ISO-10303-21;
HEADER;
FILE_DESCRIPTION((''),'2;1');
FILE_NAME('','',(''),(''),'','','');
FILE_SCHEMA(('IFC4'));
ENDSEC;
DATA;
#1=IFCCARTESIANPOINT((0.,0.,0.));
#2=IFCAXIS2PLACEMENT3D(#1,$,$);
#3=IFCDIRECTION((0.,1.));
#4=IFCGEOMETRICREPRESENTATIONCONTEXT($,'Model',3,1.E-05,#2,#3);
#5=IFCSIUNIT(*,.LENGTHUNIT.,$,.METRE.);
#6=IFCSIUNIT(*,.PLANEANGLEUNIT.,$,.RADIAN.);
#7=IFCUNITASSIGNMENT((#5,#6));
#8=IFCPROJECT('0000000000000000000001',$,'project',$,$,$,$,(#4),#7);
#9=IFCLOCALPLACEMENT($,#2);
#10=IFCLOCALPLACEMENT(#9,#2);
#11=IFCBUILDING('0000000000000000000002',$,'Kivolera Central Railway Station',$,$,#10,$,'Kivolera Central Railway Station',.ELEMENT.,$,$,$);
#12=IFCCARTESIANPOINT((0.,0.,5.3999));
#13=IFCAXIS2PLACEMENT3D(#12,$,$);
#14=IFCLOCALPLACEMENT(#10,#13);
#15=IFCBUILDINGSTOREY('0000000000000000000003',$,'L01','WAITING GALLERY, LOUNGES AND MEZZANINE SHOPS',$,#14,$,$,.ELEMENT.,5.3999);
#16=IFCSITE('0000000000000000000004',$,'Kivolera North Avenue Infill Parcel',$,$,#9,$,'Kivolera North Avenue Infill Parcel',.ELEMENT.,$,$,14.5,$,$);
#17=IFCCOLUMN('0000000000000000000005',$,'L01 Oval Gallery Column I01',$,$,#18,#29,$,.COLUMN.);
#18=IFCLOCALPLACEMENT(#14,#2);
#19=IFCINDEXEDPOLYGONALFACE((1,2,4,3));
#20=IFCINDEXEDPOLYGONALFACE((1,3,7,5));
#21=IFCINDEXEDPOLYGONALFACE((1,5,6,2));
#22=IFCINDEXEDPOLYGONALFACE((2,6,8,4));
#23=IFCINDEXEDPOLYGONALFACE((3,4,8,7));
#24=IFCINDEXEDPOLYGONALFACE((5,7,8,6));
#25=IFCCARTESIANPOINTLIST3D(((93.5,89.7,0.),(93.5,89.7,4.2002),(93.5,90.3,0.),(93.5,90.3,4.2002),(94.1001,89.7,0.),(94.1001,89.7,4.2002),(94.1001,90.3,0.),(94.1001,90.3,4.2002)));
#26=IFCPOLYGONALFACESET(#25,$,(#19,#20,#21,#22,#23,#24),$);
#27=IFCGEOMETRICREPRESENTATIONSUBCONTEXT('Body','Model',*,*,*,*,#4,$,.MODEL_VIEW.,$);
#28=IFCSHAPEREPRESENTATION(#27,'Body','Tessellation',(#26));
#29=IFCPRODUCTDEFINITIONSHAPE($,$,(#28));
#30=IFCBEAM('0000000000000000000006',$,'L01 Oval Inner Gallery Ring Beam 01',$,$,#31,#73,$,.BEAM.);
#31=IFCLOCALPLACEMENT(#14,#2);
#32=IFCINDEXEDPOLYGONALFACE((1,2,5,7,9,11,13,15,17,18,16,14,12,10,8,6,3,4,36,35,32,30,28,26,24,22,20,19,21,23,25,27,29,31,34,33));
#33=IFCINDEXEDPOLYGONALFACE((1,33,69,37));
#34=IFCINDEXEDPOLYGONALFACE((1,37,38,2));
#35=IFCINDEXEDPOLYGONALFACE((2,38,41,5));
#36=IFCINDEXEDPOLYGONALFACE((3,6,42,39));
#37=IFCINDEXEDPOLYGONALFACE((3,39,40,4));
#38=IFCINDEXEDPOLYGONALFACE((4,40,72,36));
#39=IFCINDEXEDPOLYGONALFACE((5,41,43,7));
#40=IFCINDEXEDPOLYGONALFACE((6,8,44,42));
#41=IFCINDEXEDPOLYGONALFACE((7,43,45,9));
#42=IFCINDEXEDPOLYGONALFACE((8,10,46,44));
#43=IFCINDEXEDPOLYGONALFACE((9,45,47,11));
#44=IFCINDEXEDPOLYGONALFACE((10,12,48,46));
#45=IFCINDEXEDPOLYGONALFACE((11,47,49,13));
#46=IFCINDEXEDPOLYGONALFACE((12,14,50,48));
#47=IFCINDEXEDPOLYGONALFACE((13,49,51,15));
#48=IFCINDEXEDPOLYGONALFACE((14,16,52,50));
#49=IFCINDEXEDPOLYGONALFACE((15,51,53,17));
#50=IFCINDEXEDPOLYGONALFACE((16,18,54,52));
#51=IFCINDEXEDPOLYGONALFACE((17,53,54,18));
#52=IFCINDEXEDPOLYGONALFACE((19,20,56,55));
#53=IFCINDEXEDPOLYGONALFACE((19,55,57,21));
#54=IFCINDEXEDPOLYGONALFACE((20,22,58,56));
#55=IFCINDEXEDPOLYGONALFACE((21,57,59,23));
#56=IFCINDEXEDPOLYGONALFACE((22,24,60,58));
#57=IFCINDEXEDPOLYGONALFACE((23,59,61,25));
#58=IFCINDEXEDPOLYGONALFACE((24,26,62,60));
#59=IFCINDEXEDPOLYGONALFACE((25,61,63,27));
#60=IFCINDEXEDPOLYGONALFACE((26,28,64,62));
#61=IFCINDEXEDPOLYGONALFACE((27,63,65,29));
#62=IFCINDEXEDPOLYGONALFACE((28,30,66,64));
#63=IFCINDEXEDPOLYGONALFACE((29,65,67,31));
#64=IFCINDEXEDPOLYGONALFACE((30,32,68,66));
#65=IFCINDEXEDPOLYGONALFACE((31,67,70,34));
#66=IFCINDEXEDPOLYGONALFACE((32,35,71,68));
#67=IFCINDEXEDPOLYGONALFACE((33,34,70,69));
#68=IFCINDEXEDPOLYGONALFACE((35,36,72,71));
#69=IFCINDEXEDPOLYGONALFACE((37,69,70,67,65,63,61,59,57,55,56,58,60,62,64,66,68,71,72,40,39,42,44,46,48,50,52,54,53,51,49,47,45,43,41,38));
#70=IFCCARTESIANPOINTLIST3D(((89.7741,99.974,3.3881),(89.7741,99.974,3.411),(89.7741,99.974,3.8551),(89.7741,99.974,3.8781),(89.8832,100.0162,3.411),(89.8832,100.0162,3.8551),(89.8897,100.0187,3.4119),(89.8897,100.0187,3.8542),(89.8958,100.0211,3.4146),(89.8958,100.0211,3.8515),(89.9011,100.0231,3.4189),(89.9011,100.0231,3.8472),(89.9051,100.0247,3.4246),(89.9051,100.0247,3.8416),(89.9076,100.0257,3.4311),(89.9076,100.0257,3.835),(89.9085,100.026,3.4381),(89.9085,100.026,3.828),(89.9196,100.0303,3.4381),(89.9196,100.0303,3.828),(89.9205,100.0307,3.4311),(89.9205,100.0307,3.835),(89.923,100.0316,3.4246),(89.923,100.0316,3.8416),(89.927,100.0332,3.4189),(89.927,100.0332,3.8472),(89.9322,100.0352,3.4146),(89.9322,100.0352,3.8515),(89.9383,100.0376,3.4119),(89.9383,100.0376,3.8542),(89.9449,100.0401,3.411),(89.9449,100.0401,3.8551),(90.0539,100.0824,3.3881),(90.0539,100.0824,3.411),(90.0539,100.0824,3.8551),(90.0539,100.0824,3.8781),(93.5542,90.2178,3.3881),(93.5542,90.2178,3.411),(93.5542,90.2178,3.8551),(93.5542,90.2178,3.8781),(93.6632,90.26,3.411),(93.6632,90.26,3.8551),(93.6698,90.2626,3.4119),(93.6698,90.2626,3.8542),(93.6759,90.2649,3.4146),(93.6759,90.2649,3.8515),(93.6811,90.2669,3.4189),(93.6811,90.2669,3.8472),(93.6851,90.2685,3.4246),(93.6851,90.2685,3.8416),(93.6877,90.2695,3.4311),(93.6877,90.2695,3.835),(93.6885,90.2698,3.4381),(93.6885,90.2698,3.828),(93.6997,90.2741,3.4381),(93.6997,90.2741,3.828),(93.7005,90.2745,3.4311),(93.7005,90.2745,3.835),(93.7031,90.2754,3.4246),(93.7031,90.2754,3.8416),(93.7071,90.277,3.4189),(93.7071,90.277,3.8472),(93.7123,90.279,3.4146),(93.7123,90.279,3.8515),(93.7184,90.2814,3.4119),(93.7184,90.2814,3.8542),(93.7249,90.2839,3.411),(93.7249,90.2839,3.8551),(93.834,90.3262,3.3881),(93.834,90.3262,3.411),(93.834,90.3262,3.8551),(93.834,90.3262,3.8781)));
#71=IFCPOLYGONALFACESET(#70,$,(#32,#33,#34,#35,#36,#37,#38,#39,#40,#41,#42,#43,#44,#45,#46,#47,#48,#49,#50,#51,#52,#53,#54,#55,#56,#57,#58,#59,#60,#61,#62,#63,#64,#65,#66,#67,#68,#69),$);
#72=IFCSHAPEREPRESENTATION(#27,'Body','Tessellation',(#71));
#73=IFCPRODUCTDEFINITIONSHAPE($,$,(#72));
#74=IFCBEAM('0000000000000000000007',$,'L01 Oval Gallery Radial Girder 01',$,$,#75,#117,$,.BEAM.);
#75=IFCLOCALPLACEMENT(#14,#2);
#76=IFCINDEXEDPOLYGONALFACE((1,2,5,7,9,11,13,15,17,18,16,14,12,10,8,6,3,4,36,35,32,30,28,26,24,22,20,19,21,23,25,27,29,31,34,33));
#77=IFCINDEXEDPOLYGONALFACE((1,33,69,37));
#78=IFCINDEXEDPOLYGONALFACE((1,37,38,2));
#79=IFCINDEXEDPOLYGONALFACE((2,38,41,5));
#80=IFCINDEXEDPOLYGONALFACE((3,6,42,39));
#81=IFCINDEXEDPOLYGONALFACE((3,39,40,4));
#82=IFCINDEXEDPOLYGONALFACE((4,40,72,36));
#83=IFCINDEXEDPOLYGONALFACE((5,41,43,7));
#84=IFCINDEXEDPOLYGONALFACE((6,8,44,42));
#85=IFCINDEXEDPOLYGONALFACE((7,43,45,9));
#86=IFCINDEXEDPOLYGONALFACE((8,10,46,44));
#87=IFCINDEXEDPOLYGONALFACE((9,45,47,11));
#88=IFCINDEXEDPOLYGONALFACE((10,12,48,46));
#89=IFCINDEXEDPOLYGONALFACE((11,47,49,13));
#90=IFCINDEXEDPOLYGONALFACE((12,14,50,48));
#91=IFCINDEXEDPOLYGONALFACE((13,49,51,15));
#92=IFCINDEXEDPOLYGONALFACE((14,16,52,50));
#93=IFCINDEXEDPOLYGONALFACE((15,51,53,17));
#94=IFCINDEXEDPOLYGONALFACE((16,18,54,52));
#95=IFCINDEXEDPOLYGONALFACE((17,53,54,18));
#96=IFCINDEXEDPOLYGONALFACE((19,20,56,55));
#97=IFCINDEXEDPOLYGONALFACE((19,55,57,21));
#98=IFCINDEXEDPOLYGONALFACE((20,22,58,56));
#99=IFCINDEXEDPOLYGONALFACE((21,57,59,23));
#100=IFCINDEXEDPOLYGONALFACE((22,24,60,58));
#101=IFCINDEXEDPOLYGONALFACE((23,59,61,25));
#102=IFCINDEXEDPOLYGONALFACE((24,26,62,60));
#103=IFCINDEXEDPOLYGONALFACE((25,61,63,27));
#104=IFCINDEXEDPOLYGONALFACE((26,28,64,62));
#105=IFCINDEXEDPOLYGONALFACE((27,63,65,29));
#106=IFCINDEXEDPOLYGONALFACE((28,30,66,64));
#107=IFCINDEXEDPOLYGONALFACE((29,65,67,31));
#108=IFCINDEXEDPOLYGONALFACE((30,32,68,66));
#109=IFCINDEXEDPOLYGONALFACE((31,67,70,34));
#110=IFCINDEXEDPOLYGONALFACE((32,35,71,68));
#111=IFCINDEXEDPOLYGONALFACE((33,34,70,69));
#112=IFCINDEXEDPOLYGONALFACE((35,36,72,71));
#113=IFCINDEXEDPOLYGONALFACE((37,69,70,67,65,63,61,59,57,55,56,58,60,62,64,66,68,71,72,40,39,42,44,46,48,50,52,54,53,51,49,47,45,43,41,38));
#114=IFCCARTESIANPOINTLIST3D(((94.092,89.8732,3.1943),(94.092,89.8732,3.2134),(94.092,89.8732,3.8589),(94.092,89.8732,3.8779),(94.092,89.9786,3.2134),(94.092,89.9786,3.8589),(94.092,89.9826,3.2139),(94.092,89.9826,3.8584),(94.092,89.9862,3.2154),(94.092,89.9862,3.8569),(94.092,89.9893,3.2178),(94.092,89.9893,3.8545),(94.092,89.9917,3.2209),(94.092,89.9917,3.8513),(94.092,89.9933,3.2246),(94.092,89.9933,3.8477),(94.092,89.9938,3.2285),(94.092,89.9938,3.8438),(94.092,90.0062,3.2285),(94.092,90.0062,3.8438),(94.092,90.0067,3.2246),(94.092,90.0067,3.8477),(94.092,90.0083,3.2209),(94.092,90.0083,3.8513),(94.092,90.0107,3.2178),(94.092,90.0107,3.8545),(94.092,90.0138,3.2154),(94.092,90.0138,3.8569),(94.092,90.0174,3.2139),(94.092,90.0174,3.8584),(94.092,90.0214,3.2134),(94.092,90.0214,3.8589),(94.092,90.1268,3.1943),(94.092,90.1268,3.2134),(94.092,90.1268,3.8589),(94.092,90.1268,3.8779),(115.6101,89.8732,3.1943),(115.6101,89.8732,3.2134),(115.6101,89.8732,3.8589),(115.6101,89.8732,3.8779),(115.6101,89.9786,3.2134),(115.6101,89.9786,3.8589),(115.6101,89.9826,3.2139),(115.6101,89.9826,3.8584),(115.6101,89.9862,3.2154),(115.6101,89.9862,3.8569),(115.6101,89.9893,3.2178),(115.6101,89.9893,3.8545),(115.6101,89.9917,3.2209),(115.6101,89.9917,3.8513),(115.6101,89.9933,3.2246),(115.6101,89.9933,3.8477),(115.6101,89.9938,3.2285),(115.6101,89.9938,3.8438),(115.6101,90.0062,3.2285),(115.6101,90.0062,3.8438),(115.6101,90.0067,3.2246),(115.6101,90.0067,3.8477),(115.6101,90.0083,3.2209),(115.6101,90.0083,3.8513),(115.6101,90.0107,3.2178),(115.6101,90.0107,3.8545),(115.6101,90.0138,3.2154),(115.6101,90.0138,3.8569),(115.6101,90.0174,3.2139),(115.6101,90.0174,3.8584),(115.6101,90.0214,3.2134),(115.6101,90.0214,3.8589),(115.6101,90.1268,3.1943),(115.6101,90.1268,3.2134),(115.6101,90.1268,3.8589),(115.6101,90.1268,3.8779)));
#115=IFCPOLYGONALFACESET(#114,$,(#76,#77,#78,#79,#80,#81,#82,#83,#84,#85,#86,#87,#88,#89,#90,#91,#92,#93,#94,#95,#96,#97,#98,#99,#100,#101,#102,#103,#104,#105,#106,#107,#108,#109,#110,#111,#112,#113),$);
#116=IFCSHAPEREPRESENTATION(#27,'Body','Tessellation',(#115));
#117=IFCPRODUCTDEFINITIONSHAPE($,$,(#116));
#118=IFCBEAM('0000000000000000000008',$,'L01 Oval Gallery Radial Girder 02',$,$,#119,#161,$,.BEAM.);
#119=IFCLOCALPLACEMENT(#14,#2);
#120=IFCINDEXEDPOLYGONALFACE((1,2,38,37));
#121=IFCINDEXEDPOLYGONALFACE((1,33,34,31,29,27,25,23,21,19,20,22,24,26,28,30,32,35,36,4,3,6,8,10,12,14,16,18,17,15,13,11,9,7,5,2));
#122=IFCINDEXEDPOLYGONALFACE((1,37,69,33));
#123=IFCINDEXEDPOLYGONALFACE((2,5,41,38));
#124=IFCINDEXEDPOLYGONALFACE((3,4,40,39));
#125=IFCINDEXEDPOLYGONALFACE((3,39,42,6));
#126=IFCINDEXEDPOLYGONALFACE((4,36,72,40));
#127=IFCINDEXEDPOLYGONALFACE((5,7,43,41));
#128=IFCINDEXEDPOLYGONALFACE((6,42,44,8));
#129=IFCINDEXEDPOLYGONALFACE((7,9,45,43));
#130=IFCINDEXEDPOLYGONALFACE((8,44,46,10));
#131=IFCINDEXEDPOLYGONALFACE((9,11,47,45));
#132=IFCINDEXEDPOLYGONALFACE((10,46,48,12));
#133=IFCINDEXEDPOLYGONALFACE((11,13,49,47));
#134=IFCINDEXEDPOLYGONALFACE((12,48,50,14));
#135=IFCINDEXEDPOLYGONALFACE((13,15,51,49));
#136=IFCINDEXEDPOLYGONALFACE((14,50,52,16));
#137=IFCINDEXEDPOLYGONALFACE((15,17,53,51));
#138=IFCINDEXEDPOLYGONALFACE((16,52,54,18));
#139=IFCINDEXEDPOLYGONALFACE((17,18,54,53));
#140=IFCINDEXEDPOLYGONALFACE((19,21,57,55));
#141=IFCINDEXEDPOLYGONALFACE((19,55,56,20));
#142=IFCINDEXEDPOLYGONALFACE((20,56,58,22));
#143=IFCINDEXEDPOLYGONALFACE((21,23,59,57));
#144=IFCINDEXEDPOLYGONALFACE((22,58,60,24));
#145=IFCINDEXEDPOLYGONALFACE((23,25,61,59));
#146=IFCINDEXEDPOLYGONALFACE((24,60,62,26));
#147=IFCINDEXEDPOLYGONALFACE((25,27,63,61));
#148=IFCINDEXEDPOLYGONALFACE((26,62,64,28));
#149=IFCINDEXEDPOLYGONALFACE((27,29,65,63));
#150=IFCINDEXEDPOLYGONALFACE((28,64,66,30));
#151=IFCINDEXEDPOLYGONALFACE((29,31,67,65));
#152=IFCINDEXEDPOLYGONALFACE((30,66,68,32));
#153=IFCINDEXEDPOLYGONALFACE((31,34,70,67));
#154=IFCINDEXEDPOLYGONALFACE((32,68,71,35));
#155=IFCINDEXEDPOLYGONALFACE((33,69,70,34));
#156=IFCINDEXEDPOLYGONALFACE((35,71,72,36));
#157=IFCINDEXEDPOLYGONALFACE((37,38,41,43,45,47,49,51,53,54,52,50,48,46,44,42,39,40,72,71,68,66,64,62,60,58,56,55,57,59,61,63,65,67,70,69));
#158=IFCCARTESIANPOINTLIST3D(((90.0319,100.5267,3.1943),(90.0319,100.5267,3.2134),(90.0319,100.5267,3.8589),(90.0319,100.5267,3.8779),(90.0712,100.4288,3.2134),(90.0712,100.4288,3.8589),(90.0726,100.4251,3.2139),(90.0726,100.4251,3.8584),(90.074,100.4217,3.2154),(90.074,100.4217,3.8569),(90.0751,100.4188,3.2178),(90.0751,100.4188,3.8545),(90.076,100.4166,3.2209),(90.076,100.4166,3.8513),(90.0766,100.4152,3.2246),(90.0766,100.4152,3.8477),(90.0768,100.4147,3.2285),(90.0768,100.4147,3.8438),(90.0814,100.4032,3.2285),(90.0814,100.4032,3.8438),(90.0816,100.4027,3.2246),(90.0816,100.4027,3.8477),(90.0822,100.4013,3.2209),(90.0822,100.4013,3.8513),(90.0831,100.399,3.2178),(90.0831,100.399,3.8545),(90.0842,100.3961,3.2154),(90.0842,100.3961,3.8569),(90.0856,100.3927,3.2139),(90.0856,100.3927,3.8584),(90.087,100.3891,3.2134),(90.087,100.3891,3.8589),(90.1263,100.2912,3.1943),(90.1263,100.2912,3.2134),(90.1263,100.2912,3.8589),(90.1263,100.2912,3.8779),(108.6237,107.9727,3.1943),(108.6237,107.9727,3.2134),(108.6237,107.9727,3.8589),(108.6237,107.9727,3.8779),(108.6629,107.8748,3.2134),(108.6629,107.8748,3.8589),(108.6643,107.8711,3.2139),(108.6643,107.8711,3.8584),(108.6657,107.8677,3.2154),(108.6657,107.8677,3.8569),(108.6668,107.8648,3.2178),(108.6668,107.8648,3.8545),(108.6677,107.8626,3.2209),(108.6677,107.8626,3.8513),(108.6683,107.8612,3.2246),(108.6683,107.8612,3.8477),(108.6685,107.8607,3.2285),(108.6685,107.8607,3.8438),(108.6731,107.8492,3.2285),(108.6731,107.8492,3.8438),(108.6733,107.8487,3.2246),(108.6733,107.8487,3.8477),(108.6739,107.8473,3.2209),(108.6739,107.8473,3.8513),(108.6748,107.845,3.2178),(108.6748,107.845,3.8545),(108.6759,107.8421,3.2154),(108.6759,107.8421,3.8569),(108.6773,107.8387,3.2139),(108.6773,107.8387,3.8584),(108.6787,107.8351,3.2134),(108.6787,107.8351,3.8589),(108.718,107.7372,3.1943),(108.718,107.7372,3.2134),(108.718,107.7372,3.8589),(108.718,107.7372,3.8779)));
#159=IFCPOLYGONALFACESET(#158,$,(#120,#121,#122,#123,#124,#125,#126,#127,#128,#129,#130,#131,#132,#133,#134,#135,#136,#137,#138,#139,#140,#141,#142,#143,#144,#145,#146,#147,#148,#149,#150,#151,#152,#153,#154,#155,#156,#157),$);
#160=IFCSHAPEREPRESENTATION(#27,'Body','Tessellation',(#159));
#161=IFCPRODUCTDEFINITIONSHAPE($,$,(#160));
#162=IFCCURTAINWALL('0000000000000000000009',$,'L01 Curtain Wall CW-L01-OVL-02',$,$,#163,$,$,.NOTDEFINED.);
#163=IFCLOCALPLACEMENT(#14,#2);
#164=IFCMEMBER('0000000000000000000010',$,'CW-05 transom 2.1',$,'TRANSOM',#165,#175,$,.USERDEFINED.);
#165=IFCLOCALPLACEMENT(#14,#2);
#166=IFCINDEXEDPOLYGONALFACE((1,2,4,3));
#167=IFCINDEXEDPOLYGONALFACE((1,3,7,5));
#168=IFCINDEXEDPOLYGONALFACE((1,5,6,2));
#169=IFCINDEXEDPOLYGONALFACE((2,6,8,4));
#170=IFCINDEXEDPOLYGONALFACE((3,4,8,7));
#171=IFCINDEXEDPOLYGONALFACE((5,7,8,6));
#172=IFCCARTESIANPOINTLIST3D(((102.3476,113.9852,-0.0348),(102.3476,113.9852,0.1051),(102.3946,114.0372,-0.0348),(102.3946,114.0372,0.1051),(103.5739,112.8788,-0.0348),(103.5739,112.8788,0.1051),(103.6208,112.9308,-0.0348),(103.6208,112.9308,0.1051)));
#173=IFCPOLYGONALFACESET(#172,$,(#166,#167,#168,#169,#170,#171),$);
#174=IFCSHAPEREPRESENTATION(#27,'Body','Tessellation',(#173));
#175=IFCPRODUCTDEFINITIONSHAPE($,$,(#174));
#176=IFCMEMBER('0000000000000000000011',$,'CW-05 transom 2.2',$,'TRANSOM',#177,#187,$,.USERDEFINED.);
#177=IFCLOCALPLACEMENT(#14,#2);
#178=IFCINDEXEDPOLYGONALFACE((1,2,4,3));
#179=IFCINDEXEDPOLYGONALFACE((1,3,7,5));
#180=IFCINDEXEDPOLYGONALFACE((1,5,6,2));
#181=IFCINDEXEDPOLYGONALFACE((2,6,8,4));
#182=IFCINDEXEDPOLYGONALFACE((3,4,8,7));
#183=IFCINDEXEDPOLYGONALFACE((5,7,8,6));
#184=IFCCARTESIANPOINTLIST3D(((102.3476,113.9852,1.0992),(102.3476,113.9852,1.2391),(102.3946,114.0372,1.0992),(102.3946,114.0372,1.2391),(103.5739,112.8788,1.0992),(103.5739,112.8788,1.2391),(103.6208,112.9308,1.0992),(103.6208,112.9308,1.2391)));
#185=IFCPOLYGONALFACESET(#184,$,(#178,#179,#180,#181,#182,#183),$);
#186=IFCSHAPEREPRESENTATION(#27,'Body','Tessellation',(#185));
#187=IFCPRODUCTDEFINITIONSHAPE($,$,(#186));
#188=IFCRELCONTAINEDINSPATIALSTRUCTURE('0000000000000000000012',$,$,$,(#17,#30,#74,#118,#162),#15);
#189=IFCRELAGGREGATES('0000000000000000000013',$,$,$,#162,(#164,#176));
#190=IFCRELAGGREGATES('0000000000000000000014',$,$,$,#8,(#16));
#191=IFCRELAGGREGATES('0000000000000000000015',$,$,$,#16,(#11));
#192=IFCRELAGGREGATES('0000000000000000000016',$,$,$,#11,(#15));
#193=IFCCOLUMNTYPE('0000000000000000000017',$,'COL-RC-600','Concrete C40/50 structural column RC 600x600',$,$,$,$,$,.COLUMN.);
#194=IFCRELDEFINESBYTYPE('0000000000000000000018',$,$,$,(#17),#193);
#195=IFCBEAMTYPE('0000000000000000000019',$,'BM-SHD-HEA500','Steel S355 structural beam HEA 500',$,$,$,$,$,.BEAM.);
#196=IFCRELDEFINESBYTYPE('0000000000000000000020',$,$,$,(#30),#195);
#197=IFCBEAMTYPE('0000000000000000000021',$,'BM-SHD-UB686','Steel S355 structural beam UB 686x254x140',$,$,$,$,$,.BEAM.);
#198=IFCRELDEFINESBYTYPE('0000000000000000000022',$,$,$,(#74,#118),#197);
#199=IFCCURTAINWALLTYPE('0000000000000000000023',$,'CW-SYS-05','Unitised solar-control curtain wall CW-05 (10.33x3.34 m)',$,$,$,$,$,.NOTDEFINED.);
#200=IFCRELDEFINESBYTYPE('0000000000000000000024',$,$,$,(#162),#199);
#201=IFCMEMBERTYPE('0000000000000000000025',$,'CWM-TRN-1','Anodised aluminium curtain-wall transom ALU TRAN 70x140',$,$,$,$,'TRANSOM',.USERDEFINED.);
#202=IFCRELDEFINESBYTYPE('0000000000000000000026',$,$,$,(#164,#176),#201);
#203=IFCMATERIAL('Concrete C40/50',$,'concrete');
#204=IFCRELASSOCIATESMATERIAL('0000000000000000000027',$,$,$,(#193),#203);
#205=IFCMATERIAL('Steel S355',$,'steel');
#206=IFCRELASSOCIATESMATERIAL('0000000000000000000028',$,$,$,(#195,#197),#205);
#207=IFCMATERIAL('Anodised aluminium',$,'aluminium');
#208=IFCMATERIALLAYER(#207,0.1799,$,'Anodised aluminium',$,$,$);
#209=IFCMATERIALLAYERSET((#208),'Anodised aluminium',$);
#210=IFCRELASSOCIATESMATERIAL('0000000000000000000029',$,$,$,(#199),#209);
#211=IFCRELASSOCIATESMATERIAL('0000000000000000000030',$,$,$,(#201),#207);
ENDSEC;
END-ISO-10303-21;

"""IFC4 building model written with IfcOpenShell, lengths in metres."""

from ifc_helpers import new_model, si_unit, direction, frame, origin, origin_2d, place, context, subcontext, project, spatial, rectangle, i_section, extrude, material, layer, layer_set, material_profile, profile_set, type_object, element, aggregate, save


model = new_model("IFC4")

# Units and contexts
model_context = context("Model", 3, precision=1e-05, world=origin(), true_north=direction((0.0, 1.0)))
body_context = subcontext(model_context, "Body", "Model", "MODEL_VIEW")
ifc_project = project(units=[si_unit("LENGTHUNIT", "METRE"), si_unit("PLANEANGLEUNIT", "RADIAN")], contexts=[model_context])

# Site, building, storey
site_placement = place(None, origin())
site = spatial("IfcSite", under=ifc_project, at=site_placement, Name="Kivolera North Avenue Infill Parcel", LongName="Kivolera North Avenue Infill Parcel", CompositionType="ELEMENT", RefElevation=14.5)
building_placement = place(site_placement, origin())
building = spatial("IfcBuilding", under=site, at=building_placement, Name="Kivolera Central Railway Station", LongName="Kivolera Central Railway Station", CompositionType="ELEMENT")
storey_placement = place(building_placement, frame((0.0, 0.0, 5.3999)))
storey = spatial("IfcBuildingStorey", under=building, at=storey_placement, Name="L01", Description="WAITING GALLERY, LOUNGES AND MEZZANINE SHOPS", CompositionType="ELEMENT", Elevation=5.3999)

# Column
ifc_material_1 = material(Name="Concrete C40/50", Category="concrete")
ifc_material_profile_1 = material_profile(ifc_material_1, rectangle(XDim=0.6001, YDim=0.6001, at=origin_2d()), Name="RC 600x600")
ifc_profile_set_1 = profile_set([ifc_material_profile_1], Name="Concrete C40/50")
column_type = type_object("IfcColumnType", Name="COL-RC-600", Description="Concrete C40/50 structural column RC 600x600", PredefinedType="COLUMN", material=ifc_profile_set_1)
column_placement = place(storey_placement, frame((93.8, 90.0, 0.0), z_axis=(0.0, 0.0, 1.0), x_axis=(1.0, 0.0, 0.0)))
element("IfcColumn", 1, at=column_placement, inside=storey, type_object=column_type, Name="L01 Oval Gallery Column I01", PredefinedType="COLUMN", context=body_context, shape_type="SweptSolid", body=[
    extrude(rectangle(XDim=0.6001, YDim=0.6001, at=origin_2d()), origin(), (0.0, 0.0, 1.0), 4.2002),
])

# Beams
ifc_material_2 = material(Name="Steel S355", Category="steel")
ifc_material_profile_2 = material_profile(ifc_material_2, i_section(OverallWidth=0.3, OverallDepth=0.49, WebThickness=0.012, FlangeThickness=0.0229, FilletRadius=0.0271, at=origin_2d()), Name="HEA 500")
ifc_profile_set_2 = profile_set([ifc_material_profile_2], Name="Steel S355")
beam_type_1 = type_object("IfcBeamType", Name="BM-SHD-HEA500", Description="Steel S355 structural beam HEA 500", PredefinedType="BEAM", material=ifc_profile_set_2)
beam_1_placement = place(storey_placement, frame((93.6941, 90.272, 3.6331), z_axis=(-0.361283, 0.932456, 0.0), x_axis=(-0.932456, -0.361283, 0.0)))
element("IfcBeam", 2, at=beam_1_placement, inside=storey, type_object=beam_type_1, Name="L01 Oval Inner Gallery Ring Beam 01", PredefinedType="BEAM", context=body_context, shape_type="SweptSolid", body=[
    extrude(i_section(OverallWidth=0.3, OverallDepth=0.49, WebThickness=0.012, FlangeThickness=0.0229, FilletRadius=0.0271, at=origin_2d()), origin(), (0.0, 0.0, 1.0), 10.4629),
])
ifc_material_profile_3 = material_profile(ifc_material_2, i_section(OverallWidth=0.2537, OverallDepth=0.6836, WebThickness=0.0125, FlangeThickness=0.019, FilletRadius=0.0151, at=origin_2d()), Name="UB 686x254x140")
ifc_profile_set_3 = profile_set([ifc_material_profile_3], Name="Steel S355")
beam_type_2 = type_object("IfcBeamType", Name="BM-SHD-UB686", Description="Steel S355 structural beam UB 686x254x140", PredefinedType="BEAM", material=ifc_profile_set_3)
beam_2_placement = place(storey_placement, frame((94.092, 90.0, 3.5361), z_axis=(1.0, 0.0, 0.0), x_axis=(0.0, 1.0, 0.0)))
element("IfcBeam", 3, at=beam_2_placement, inside=storey, type_object=beam_type_2, Name="L01 Oval Gallery Radial Girder 01", PredefinedType="BEAM", context=body_context, shape_type="SweptSolid", body=[
    extrude(i_section(OverallWidth=0.2537, OverallDepth=0.6836, WebThickness=0.0125, FlangeThickness=0.019, FilletRadius=0.0151, at=origin_2d()), origin(), (0.0, 0.0, 1.0), 21.5181),
])
beam_3_placement = place(storey_placement, frame((90.0791, 100.4089, 3.5361), z_axis=(0.928316, 0.371792, 0.0), x_axis=(-0.371792, 0.928316, 0.0)))
element("IfcBeam", 4, at=beam_3_placement, inside=storey, type_object=beam_type_2, Name="L01 Oval Gallery Radial Girder 02", PredefinedType="BEAM", context=body_context, shape_type="SweptSolid", body=[
    extrude(i_section(OverallWidth=0.2537, OverallDepth=0.6836, WebThickness=0.0125, FlangeThickness=0.019, FilletRadius=0.0151, at=origin_2d()), origin(), (0.0, 0.0, 1.0), 20.0273),
])

# Curtain wall, members
ifc_material_3 = material(Name="Anodised aluminium", Category="aluminium")
ifc_layer_1 = layer(ifc_material_3, 0.1799, Name="Anodised aluminium")
ifc_layer_set_1 = layer_set([ifc_layer_1], Name="Anodised aluminium")
curtain_wall_type = type_object("IfcCurtainWallType", Name="CW-SYS-05", Description="Unitised solar-control curtain wall CW-05 (10.33x3.34 m)", PredefinedType="NOTDEFINED", material=ifc_layer_set_1)
curtain_wall_placement = place(storey_placement, origin())
curtain_wall = element("IfcCurtainWall", 5, at=curtain_wall_placement, inside=storey, type_object=curtain_wall_type, Name="L01 Curtain Wall CW-L01-OVL-02", PredefinedType="NOTDEFINED")
ifc_material_profile_4 = material_profile(ifc_material_3, rectangle(XDim=0.0701, YDim=0.1399, at=origin_2d()), Name="ALU TRAN 70x140")
ifc_profile_set_4 = profile_set([ifc_material_profile_4], Name="Anodised aluminium")
member_type = type_object("IfcMemberType", Name="CWM-TRN-1", Description="Anodised aluminium curtain-wall transom ALU TRAN 70x140", ElementType="TRANSOM", PredefinedType="USERDEFINED", material=ifc_profile_set_4)
member_1_placement = place(storey_placement, frame((102.3711, 114.0112, 0.0352), z_axis=(0.742463, -0.669887, 0.0), x_axis=(0.669887, 0.742463, 0.0)))
member_1 = element("IfcMember", 6, at=member_1_placement, type_object=member_type, Name="CW-05 transom 2.1", ObjectType="TRANSOM", PredefinedType="USERDEFINED", context=body_context, shape_type="SweptSolid", body=[
    extrude(rectangle(XDim=0.0701, YDim=0.1399, at=origin_2d()), origin(), (0.0, 0.0, 1.0), 1.6516),
])
member_2_placement = place(storey_placement, frame((102.3711, 114.0112, 1.1692), z_axis=(0.742463, -0.669887, 0.0), x_axis=(0.669887, 0.742463, 0.0)))
member_2 = element("IfcMember", 7, at=member_2_placement, type_object=member_type, Name="CW-05 transom 2.2", ObjectType="TRANSOM", PredefinedType="USERDEFINED", context=body_context, shape_type="SweptSolid", body=[
    extrude(rectangle(XDim=0.0701, YDim=0.1399, at=origin_2d()), origin(), (0.0, 0.0, 1.0), 1.6516),
])
aggregate(curtain_wall, [member_1, member_2])

save(model, "model.ifc")
